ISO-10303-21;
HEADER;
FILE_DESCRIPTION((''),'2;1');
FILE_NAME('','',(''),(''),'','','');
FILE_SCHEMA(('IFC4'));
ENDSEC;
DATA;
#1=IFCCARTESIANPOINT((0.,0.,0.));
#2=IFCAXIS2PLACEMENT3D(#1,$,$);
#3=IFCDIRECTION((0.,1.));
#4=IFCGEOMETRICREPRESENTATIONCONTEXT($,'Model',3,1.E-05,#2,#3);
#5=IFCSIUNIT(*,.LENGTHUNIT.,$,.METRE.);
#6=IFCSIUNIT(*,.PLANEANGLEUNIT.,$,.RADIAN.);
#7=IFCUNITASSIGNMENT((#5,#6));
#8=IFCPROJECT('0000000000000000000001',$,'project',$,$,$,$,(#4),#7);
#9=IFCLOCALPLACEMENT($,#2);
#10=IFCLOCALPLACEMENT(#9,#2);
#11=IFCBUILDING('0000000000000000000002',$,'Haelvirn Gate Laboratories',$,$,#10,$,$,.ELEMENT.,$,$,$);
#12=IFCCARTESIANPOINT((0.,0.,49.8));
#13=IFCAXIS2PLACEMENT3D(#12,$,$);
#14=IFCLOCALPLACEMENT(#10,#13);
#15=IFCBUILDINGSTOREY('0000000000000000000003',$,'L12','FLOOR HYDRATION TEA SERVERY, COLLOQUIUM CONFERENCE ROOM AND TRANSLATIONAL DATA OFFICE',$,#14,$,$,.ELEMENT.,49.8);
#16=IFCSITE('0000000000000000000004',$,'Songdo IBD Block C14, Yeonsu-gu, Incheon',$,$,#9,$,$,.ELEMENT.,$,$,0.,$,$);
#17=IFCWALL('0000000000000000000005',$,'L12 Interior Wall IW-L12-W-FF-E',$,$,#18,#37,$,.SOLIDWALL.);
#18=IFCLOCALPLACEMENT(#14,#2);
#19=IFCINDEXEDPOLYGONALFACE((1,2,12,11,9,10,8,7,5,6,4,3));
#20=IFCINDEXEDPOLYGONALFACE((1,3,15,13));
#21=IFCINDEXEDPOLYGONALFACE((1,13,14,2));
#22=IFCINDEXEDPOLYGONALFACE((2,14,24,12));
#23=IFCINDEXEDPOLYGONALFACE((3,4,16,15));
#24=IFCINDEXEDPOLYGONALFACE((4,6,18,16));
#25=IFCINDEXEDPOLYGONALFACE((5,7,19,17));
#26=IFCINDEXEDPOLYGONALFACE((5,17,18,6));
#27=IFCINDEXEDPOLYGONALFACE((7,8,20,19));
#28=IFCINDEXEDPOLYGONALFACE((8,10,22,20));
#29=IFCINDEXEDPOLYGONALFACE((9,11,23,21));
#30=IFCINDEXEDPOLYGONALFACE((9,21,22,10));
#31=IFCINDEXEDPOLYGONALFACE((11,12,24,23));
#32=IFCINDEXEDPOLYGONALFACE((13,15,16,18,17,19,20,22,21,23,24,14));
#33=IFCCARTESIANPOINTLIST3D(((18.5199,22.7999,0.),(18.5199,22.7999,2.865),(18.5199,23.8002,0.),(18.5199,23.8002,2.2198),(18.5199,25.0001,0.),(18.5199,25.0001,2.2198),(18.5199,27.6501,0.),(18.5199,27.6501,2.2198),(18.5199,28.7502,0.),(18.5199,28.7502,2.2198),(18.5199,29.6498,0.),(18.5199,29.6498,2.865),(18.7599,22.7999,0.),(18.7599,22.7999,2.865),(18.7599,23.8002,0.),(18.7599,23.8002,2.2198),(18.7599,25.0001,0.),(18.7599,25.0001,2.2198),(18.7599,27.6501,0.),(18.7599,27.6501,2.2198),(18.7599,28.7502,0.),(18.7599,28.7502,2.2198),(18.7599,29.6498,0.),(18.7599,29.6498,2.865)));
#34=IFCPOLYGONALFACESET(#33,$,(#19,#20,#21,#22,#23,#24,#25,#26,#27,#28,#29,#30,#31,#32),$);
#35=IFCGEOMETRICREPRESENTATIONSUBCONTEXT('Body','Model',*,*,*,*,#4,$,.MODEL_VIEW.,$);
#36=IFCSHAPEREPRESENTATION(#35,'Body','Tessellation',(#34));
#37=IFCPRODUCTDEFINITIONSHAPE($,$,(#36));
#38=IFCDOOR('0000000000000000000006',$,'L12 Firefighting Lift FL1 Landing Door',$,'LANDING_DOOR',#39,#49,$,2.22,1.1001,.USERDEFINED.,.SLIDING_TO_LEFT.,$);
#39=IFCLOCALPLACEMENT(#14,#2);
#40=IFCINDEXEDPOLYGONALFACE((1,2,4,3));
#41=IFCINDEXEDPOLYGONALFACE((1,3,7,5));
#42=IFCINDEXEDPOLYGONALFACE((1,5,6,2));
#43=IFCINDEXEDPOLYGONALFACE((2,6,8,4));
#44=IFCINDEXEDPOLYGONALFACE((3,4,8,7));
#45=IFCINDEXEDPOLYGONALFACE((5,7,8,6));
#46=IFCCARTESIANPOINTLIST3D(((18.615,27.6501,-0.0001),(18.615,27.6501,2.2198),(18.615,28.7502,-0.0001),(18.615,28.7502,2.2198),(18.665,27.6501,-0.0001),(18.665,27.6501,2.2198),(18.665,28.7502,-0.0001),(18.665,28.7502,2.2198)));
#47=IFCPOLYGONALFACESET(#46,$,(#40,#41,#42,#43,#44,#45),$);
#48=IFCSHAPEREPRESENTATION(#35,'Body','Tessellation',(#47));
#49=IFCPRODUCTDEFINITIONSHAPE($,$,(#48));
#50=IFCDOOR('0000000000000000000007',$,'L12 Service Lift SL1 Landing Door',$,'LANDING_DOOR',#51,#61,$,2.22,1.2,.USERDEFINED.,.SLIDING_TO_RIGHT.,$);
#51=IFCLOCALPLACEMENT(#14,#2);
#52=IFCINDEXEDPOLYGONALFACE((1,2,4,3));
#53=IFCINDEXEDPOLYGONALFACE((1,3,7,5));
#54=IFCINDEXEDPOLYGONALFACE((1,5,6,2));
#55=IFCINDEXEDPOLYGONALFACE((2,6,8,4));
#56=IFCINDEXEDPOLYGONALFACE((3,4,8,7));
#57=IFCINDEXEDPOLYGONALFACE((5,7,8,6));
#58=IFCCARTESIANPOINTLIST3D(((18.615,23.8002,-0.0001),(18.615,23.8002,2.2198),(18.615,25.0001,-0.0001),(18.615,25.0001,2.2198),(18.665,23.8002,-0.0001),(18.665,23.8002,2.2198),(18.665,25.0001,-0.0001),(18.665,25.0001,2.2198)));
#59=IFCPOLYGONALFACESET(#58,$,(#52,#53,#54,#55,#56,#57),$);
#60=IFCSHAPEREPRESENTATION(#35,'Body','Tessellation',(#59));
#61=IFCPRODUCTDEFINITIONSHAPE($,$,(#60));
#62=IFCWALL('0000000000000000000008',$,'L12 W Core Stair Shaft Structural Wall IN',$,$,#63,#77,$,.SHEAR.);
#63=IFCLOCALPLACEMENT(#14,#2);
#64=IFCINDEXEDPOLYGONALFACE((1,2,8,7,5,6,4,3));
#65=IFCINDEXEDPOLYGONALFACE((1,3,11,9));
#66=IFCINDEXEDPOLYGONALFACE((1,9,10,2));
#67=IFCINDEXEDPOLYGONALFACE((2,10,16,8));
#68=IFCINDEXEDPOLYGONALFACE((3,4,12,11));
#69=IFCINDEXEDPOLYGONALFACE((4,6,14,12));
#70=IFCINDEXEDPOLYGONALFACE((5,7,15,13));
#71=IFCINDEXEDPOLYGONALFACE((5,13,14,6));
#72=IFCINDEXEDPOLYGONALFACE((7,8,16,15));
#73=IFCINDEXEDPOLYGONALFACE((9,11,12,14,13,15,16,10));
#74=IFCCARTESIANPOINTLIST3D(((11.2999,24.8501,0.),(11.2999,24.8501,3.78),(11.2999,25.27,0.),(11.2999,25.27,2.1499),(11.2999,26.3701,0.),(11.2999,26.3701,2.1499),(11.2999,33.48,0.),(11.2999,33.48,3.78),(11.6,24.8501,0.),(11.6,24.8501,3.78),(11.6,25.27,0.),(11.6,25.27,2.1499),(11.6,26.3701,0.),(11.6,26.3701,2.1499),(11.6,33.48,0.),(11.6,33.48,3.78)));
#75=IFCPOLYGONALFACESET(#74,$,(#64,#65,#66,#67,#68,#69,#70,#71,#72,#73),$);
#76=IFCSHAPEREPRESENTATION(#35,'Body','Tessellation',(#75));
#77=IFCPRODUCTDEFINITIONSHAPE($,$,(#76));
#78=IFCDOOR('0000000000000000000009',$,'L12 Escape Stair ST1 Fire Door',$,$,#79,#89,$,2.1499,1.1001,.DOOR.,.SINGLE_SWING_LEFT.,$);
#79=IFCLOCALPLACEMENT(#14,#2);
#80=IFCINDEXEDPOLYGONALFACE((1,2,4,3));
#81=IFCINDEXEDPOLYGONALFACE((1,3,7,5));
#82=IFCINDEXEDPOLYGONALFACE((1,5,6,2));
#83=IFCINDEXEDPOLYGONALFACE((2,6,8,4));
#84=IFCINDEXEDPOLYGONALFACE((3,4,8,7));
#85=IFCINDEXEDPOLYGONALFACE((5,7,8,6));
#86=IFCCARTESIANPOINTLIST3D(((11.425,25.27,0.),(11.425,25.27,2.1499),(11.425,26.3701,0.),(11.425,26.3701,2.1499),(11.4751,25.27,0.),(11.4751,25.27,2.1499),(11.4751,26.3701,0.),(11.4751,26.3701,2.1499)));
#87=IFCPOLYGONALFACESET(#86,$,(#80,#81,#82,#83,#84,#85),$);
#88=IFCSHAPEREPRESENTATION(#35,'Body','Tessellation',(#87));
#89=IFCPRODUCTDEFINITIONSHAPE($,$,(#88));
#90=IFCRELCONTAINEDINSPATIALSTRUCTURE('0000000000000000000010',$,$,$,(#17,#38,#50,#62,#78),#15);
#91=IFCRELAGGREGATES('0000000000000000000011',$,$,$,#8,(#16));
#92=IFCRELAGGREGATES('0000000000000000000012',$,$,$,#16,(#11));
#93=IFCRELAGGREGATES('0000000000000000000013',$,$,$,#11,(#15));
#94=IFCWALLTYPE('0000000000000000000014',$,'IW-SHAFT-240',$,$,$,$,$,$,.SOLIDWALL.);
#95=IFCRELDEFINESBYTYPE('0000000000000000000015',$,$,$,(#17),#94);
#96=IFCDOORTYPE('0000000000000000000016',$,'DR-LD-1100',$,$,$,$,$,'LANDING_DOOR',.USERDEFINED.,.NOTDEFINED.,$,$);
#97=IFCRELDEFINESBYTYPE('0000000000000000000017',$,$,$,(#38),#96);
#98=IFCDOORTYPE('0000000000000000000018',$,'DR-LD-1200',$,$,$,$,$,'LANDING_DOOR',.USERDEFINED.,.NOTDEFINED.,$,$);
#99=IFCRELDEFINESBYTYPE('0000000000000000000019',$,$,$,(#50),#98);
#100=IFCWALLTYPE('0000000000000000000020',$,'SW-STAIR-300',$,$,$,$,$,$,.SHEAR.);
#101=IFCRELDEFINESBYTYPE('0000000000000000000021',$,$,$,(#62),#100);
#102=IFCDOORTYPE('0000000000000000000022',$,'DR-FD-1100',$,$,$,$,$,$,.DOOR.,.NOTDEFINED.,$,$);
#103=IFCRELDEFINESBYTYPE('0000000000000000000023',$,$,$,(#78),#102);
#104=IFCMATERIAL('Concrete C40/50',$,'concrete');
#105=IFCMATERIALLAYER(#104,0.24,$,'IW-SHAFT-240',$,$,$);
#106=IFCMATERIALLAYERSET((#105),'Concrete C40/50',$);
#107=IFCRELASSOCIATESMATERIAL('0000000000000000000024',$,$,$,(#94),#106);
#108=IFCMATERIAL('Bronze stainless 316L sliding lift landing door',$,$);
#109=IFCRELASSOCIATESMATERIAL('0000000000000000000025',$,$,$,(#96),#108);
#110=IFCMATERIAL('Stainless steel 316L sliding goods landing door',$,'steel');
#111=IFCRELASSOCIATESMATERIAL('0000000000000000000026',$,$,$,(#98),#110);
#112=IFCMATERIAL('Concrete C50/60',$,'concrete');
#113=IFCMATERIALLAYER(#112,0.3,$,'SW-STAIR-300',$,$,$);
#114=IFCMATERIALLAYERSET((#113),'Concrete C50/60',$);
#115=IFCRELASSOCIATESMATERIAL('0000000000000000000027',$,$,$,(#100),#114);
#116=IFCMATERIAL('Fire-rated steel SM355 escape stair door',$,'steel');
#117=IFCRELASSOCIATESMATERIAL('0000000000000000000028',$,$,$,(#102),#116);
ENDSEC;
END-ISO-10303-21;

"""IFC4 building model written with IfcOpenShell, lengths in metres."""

from ifc_helpers import new_model, si_unit, direction, frame, frame_2d, origin, place, context, subcontext, project, spatial, rectangle, extrude, source, transform, mapped, material, layer, layer_set, type_object, type_shapes, element, fill, save


model = new_model("IFC4")

# Units and contexts
model_context = context("Model", 3, precision=1e-05, world=origin(), true_north=direction((0.0, 1.0)))
body_context = subcontext(model_context, "Body", "Model", "MODEL_VIEW")
ifc_project = project(units=[si_unit("LENGTHUNIT", "METRE"), si_unit("PLANEANGLEUNIT", "RADIAN")], contexts=[model_context])

# Site, building, storey
site_placement = place(None, origin())
site = spatial("IfcSite", under=ifc_project, at=site_placement, Name="Songdo IBD Block C14, Yeonsu-gu, Incheon", CompositionType="ELEMENT", RefElevation=0.0)
building_placement = place(site_placement, origin())
building = spatial("IfcBuilding", under=site, at=building_placement, Name="Haelvirn Gate Laboratories", CompositionType="ELEMENT")
storey_placement = place(building_placement, frame((0.0, 0.0, 49.8)))
storey = spatial("IfcBuildingStorey", under=building, at=storey_placement, Name="L12", Description="FLOOR HYDRATION TEA SERVERY, COLLOQUIUM CONFERENCE ROOM AND TRANSLATIONAL DATA OFFICE", CompositionType="ELEMENT", Elevation=49.8)

# Shared definitions
ifc_material_1 = material(Name="Concrete C40/50", Category="concrete")

# Shared definitions
ifc_layer_1 = layer(ifc_material_1, 0.24, Name="IW-SHAFT-240")
ifc_layer_set_1 = layer_set([ifc_layer_1], Name="Concrete C40/50")
wall_type_1 = type_object("IfcWallType", Name="IW-SHAFT-240", PredefinedType="SOLIDWALL", material=ifc_layer_set_1)

# Wall, openings, doors
wall_1_placement = place(storey_placement, frame((18.6399, 22.8, 0.0), z_axis=(0.0, 0.0, 1.0), x_axis=(0.0, 1.0, 0.0)))
wall_1 = element("IfcWall", 1, at=wall_1_placement, inside=storey, type_object=wall_type_1, Name="L12 Interior Wall IW-L12-W-FF-E", PredefinedType="SOLIDWALL", context=body_context, shape_type="SweptSolid", body=[
    extrude(rectangle(XDim=6.8499, YDim=0.24, at=frame_2d((3.4248, 0.0))), origin(), (0.0, 0.0, 1.0), 2.865),
])
opening_1_placement = place(wall_1_placement, frame((4.8501, 0.0, 0.0)))
opening_1 = element("IfcOpeningElement", 2, at=opening_1_placement, cuts=wall_1, PredefinedType="OPENING", context=body_context, shape_type="SweptSolid", body=[
    extrude(rectangle(XDim=1.1001, YDim=2.22, at=frame_2d((0.55, 1.1099))), frame((0.0, 0.1299, 0.0), z_axis=(0.0, -1.0, 0.0), x_axis=(1.0, 0.0, 0.0)), (0.0, 0.0, 1.0), 0.26),
])
opening_2_placement = place(wall_1_placement, frame((1.0, 0.0, 0.0)))
opening_2 = element("IfcOpeningElement", 3, at=opening_2_placement, cuts=wall_1, PredefinedType="OPENING", context=body_context, shape_type="SweptSolid", body=[
    extrude(rectangle(XDim=1.2, YDim=2.22, at=frame_2d((0.6001, 1.1099))), frame((0.0, 0.1299, 0.0), z_axis=(0.0, -1.0, 0.0), x_axis=(1.0, 0.0, 0.0)), (0.0, 0.0, 1.0), 0.26),
])
ifc_material_2 = material(Name="Bronze stainless 316L sliding lift landing door")
door_type_1 = type_object("IfcDoorType", Name="DR-LD-1100", ElementType="LANDING_DOOR", OperationType="NOTDEFINED", PredefinedType="USERDEFINED", material=ifc_material_2)
shared_shape_1 = source(origin(), body_context, "Body", "SweptSolid", [
    extrude(rectangle(XDim=1.1001, YDim=2.22, at=frame_2d((0.55, 1.1099))), frame((0.0, 0.0249, 0.0), z_axis=(0.0, -1.0, 0.0), x_axis=(1.0, 0.0, 0.0)), (0.0, 0.0, 1.0), 0.05),
])
type_shapes(door_type_1, [shared_shape_1])
door_1_placement = place(opening_1_placement, origin())
door_1 = element("IfcDoor", 4, at=door_1_placement, inside=storey, type_object=door_type_1, Name="L12 Firefighting Lift FL1 Landing Door", ObjectType="LANDING_DOOR", OperationType="SLIDING_TO_LEFT", OverallHeight=2.22, OverallWidth=1.1001, PredefinedType="USERDEFINED", context=body_context, shape_type="MappedRepresentation", body=[
    mapped(shared_shape_1, transform((0.0, 0.0, 0.0), scale=1.0)),
])
fill(opening_1, door_1)
ifc_material_3 = material(Name="Stainless steel 316L sliding goods landing door", Category="steel")
door_type_2 = type_object("IfcDoorType", Name="DR-LD-1200", ElementType="LANDING_DOOR", OperationType="NOTDEFINED", PredefinedType="USERDEFINED", material=ifc_material_3)
shared_shape_2 = source(origin(), body_context, "Body", "SweptSolid", [
    extrude(rectangle(XDim=1.2, YDim=2.22, at=frame_2d((0.6001, 1.1099))), frame((0.0, 0.0249, 0.0), z_axis=(0.0, -1.0, 0.0), x_axis=(1.0, 0.0, 0.0)), (0.0, 0.0, 1.0), 0.05),
])
type_shapes(door_type_2, [shared_shape_2])
door_2_placement = place(opening_2_placement, origin())
door_2 = element("IfcDoor", 5, at=door_2_placement, inside=storey, type_object=door_type_2, Name="L12 Service Lift SL1 Landing Door", ObjectType="LANDING_DOOR", OperationType="SLIDING_TO_RIGHT", OverallHeight=2.22, OverallWidth=1.2, PredefinedType="USERDEFINED", context=body_context, shape_type="MappedRepresentation", body=[
    mapped(shared_shape_2, transform((0.0, 0.0, 0.0), scale=1.0)),
])
fill(opening_2, door_2)

# Wall, opening, door
ifc_material_4 = material(Name="Concrete C50/60", Category="concrete")
ifc_layer_2 = layer(ifc_material_4, 0.3, Name="SW-STAIR-300")
ifc_layer_set_2 = layer_set([ifc_layer_2], Name="Concrete C50/60")
wall_type_2 = type_object("IfcWallType", Name="SW-STAIR-300", PredefinedType="SHEAR", material=ifc_layer_set_2)
wall_2_placement = place(storey_placement, frame((11.45, 24.8501, 0.0), z_axis=(0.0, 0.0, 1.0), x_axis=(0.0, 1.0, 0.0)))
wall_2 = element("IfcWall", 6, at=wall_2_placement, inside=storey, type_object=wall_type_2, Name="L12 W Core Stair Shaft Structural Wall IN", PredefinedType="SHEAR", context=body_context, shape_type="SweptSolid", body=[
    extrude(rectangle(XDim=8.6299, YDim=0.3, at=frame_2d((4.3149, 0.0))), origin(), (0.0, 0.0, 1.0), 3.78),
])
opening_3_placement = place(wall_2_placement, frame((0.4199, 0.0, 0.0)))
opening_3 = element("IfcOpeningElement", 7, at=opening_3_placement, cuts=wall_2, PredefinedType="OPENING", context=body_context, shape_type="SweptSolid", body=[
    extrude(rectangle(XDim=1.1001, YDim=2.1499, at=frame_2d((0.55, 1.075))), frame((0.0, 0.1602, 0.0), z_axis=(0.0, -1.0, 0.0), x_axis=(1.0, 0.0, 0.0)), (0.0, 0.0, 1.0), 0.3201),
])
ifc_material_5 = material(Name="Fire-rated steel SM355 escape stair door", Category="steel")
door_type_3 = type_object("IfcDoorType", Name="DR-FD-1100", OperationType="NOTDEFINED", PredefinedType="DOOR", material=ifc_material_5)
shared_shape_3 = source(origin(), body_context, "Body", "SweptSolid", [
    extrude(rectangle(XDim=1.1001, YDim=2.1499, at=frame_2d((0.55, 1.075))), frame((0.0, 0.0249, 0.0), z_axis=(0.0, -1.0, 0.0), x_axis=(1.0, 0.0, 0.0)), (0.0, 0.0, 1.0), 0.05),
])
type_shapes(door_type_3, [shared_shape_3])
door_3_placement = place(opening_3_placement, origin())
door_3 = element("IfcDoor", 8, at=door_3_placement, inside=storey, type_object=door_type_3, Name="L12 Escape Stair ST1 Fire Door", OperationType="SINGLE_SWING_LEFT", OverallHeight=2.1499, OverallWidth=1.1001, PredefinedType="DOOR", context=body_context, shape_type="MappedRepresentation", body=[
    mapped(shared_shape_3, transform((0.0, 0.0, 0.0), scale=1.0)),
])
fill(opening_3, door_3)

save(model, "model.ifc")
